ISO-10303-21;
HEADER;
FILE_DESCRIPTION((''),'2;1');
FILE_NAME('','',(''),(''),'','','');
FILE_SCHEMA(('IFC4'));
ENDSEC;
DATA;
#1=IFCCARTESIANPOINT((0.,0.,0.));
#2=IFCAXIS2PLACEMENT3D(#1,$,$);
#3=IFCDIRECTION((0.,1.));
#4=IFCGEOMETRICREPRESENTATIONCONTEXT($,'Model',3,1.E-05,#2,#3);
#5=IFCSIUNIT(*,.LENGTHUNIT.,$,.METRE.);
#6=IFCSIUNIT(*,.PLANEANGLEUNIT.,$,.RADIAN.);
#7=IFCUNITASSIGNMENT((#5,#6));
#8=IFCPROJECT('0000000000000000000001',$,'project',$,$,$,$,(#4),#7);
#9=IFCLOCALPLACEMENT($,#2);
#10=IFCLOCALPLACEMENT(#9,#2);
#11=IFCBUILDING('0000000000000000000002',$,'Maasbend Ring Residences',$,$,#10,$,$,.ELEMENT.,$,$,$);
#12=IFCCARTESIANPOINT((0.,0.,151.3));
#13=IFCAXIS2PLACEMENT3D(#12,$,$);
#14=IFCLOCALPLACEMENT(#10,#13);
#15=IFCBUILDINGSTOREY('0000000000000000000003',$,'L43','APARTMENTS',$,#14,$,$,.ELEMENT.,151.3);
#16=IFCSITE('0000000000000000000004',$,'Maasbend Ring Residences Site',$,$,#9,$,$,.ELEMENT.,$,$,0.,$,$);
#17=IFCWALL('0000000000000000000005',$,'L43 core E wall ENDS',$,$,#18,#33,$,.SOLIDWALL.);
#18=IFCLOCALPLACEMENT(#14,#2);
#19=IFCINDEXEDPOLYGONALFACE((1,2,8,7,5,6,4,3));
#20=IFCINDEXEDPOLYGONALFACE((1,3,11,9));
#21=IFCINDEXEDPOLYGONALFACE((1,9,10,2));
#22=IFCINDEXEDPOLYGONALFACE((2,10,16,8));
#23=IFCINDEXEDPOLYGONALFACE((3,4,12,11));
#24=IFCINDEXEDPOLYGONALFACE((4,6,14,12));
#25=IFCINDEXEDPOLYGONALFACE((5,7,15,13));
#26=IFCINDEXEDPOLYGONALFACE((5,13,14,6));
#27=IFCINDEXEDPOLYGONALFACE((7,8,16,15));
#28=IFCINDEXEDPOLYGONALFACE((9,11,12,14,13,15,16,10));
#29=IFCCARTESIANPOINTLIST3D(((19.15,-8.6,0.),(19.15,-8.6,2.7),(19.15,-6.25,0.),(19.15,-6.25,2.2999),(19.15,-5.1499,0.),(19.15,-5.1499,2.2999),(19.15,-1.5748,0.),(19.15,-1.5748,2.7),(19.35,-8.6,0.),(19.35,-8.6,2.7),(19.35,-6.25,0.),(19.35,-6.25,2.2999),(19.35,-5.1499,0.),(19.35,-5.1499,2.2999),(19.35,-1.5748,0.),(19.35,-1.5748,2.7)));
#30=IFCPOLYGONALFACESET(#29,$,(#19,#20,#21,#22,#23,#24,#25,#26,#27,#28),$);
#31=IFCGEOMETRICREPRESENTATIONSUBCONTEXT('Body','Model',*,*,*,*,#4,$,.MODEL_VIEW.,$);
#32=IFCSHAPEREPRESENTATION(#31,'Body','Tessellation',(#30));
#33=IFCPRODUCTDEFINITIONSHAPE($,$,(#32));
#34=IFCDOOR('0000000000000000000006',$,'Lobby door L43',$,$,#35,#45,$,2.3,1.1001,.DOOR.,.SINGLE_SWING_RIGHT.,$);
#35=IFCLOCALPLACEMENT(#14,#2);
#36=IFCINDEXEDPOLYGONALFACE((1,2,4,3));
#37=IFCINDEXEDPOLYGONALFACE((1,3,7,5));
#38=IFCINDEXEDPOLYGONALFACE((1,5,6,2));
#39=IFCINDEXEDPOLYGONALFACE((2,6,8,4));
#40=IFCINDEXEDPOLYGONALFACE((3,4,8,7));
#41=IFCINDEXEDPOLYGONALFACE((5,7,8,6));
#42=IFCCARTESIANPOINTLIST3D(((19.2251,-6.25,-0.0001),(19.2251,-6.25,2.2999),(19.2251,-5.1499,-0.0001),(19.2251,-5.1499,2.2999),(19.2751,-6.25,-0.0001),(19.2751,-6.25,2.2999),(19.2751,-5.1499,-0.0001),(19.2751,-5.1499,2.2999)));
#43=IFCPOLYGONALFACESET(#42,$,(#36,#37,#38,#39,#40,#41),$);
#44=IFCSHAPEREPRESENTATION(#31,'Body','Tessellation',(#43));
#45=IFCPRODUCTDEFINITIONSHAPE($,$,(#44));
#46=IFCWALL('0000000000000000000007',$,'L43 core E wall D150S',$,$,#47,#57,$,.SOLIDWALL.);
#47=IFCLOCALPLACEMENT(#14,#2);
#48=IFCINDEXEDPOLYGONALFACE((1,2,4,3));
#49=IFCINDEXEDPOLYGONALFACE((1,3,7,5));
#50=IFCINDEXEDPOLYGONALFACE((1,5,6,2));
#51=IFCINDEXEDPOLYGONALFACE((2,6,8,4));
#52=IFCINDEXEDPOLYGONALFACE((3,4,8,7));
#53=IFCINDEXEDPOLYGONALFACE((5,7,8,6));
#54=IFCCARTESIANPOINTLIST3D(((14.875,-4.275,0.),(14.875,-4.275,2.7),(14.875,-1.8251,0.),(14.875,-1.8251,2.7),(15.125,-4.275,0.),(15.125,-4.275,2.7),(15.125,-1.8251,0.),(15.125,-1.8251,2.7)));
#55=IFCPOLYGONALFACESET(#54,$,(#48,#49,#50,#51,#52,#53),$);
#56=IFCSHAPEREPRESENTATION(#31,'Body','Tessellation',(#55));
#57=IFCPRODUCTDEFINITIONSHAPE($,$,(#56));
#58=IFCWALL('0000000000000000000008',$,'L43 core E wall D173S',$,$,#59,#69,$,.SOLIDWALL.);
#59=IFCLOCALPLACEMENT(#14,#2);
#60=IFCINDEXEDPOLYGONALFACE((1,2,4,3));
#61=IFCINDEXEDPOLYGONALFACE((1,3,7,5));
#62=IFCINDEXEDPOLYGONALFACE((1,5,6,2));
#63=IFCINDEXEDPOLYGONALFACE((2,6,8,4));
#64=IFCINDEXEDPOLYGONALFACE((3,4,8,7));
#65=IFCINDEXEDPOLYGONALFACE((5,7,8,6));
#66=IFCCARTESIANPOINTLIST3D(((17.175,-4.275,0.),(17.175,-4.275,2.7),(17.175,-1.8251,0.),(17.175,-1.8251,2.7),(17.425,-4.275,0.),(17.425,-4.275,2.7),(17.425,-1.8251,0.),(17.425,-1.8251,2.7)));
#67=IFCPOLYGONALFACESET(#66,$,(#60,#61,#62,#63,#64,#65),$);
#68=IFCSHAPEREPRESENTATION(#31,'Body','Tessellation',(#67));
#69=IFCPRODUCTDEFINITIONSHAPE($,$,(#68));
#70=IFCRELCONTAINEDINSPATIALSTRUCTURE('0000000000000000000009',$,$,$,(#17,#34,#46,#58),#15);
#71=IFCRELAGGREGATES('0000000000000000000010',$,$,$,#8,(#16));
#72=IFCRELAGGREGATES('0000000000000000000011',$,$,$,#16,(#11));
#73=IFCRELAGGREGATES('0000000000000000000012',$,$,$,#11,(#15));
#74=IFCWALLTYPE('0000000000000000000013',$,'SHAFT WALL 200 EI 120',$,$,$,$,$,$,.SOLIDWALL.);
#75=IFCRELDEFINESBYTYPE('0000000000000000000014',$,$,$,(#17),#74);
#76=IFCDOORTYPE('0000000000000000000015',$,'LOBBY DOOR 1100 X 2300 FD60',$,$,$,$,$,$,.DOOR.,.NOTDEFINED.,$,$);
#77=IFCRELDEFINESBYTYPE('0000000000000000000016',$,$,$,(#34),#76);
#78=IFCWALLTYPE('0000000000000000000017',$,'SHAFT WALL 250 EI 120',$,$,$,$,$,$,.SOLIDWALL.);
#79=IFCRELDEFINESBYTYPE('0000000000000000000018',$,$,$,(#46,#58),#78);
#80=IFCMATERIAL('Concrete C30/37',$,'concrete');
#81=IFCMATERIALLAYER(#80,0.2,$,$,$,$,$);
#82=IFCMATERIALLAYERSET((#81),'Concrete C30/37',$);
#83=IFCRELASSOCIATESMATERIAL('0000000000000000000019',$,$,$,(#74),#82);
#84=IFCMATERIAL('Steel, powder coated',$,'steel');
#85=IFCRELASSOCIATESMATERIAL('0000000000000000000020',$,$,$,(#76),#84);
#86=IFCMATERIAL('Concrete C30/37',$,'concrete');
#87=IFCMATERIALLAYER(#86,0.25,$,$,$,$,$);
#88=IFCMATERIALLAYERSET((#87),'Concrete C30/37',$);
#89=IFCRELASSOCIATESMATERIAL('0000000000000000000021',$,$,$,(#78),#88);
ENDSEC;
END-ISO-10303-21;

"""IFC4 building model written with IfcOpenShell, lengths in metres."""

from ifc_helpers import new_model, si_unit, direction, frame, frame_2d, origin, place, context, subcontext, project, spatial, rectangle, extrude, material, layer, layer_set, type_object, element, fill, save


model = new_model("IFC4")

# Units and contexts
model_context = context("Model", 3, precision=1e-05, world=origin(), true_north=direction((0.0, 1.0)))
body_context = subcontext(model_context, "Body", "Model", "MODEL_VIEW")
ifc_project = project(units=[si_unit("LENGTHUNIT", "METRE"), si_unit("PLANEANGLEUNIT", "RADIAN")], contexts=[model_context])

# Site, building, storey
site_placement = place(None, origin())
site = spatial("IfcSite", under=ifc_project, at=site_placement, Name="Maasbend Ring Residences Site", CompositionType="ELEMENT", RefElevation=0.0)
building_placement = place(site_placement, origin())
building = spatial("IfcBuilding", under=site, at=building_placement, Name="Maasbend Ring Residences", CompositionType="ELEMENT")
storey_placement = place(building_placement, frame((0.0, 0.0, 151.3)))
storey = spatial("IfcBuildingStorey", under=building, at=storey_placement, Name="L43", Description="APARTMENTS", CompositionType="ELEMENT", Elevation=151.3)

# Wall, opening, door
ifc_material_1 = material(Name="Concrete C30/37", Category="concrete")
ifc_layer_1 = layer(ifc_material_1, 0.2)
ifc_layer_set_1 = layer_set([ifc_layer_1], Name="Concrete C30/37")
wall_type_1 = type_object("IfcWallType", Name="SHAFT WALL 200 EI 120", PredefinedType="SOLIDWALL", material=ifc_layer_set_1)
wall_1_placement = place(storey_placement, frame((19.25, -8.6001, 0.0), z_axis=(0.0, 0.0, 1.0), x_axis=(0.0, 1.0, 0.0)))
wall_1 = element("IfcWall", 1, at=wall_1_placement, inside=storey, type_object=wall_type_1, Name="L43 core E wall ENDS", PredefinedType="SOLIDWALL", context=body_context, shape_type="SweptSolid", body=[
    extrude(rectangle(XDim=7.0251, YDim=0.2, at=frame_2d((3.5127, 0.0))), origin(), (0.0, 0.0, 1.0), 2.7),
])
opening_1_placement = place(wall_1_placement, frame((2.3501, 0.0, 0.0)))
opening_1 = element("IfcOpeningElement", 2, at=opening_1_placement, cuts=wall_1, PredefinedType="OPENING", context=body_context, shape_type="SweptSolid", body=[
    extrude(rectangle(XDim=1.1001, YDim=2.3, at=frame_2d((0.55, 1.1499))), frame((0.0, 0.1099, 0.0), z_axis=(0.0, -1.0, 0.0), x_axis=(1.0, 0.0, 0.0)), (0.0, 0.0, 1.0), 0.22),
])
ifc_material_2 = material(Name="Steel, powder coated", Category="steel")
door_type_1 = type_object("IfcDoorType", Name="LOBBY DOOR 1100 X 2300 FD60", OperationType="NOTDEFINED", PredefinedType="DOOR", material=ifc_material_2)
door_1_placement = place(opening_1_placement, origin())
door_1 = element("IfcDoor", 3, at=door_1_placement, inside=storey, type_object=door_type_1, Name="Lobby door L43", OperationType="SINGLE_SWING_RIGHT", OverallHeight=2.3, OverallWidth=1.1001, PredefinedType="DOOR", context=body_context, shape_type="SweptSolid", body=[
    extrude(rectangle(XDim=1.1001, YDim=2.3, at=frame_2d((0.55, 1.1499))), frame((0.0, 0.0249, 0.0), z_axis=(0.0, -1.0, 0.0), x_axis=(1.0, 0.0, 0.0)), (0.0, 0.0, 1.0), 0.05),
])
fill(opening_1, door_1)

# Walls
ifc_material_3 = material(Name="Concrete C30/37", Category="concrete")
ifc_layer_2 = layer(ifc_material_3, 0.25)
ifc_layer_set_2 = layer_set([ifc_layer_2], Name="Concrete C30/37")
wall_type_2 = type_object("IfcWallType", Name="SHAFT WALL 250 EI 120", PredefinedType="SOLIDWALL", material=ifc_layer_set_2)
for number, where, z_axis, x_axis, name in (
    (4, (15.0, -1.825, 0.0), (0.0, 0.0, 1.0), (0.0, -1.0, 0.0), "L43 core E wall D150S"),
    (5, (17.3, -1.825, 0.0), (0.0, 0.0, 1.0), (0.0, -1.0, 0.0), "L43 core E wall D173S"),
):
    element("IfcWall", number, at=place(storey_placement, frame(where, z_axis=z_axis, x_axis=x_axis)), inside=storey, type_object=wall_type_2, Name=name, PredefinedType="SOLIDWALL", context=body_context, shape_type="SweptSolid", body=[
        extrude(rectangle(XDim=2.45, YDim=0.25, at=frame_2d((1.2251, 0.0))), origin(), (0.0, 0.0, 1.0), 2.7),
    ])

save(model, "model.ifc")
